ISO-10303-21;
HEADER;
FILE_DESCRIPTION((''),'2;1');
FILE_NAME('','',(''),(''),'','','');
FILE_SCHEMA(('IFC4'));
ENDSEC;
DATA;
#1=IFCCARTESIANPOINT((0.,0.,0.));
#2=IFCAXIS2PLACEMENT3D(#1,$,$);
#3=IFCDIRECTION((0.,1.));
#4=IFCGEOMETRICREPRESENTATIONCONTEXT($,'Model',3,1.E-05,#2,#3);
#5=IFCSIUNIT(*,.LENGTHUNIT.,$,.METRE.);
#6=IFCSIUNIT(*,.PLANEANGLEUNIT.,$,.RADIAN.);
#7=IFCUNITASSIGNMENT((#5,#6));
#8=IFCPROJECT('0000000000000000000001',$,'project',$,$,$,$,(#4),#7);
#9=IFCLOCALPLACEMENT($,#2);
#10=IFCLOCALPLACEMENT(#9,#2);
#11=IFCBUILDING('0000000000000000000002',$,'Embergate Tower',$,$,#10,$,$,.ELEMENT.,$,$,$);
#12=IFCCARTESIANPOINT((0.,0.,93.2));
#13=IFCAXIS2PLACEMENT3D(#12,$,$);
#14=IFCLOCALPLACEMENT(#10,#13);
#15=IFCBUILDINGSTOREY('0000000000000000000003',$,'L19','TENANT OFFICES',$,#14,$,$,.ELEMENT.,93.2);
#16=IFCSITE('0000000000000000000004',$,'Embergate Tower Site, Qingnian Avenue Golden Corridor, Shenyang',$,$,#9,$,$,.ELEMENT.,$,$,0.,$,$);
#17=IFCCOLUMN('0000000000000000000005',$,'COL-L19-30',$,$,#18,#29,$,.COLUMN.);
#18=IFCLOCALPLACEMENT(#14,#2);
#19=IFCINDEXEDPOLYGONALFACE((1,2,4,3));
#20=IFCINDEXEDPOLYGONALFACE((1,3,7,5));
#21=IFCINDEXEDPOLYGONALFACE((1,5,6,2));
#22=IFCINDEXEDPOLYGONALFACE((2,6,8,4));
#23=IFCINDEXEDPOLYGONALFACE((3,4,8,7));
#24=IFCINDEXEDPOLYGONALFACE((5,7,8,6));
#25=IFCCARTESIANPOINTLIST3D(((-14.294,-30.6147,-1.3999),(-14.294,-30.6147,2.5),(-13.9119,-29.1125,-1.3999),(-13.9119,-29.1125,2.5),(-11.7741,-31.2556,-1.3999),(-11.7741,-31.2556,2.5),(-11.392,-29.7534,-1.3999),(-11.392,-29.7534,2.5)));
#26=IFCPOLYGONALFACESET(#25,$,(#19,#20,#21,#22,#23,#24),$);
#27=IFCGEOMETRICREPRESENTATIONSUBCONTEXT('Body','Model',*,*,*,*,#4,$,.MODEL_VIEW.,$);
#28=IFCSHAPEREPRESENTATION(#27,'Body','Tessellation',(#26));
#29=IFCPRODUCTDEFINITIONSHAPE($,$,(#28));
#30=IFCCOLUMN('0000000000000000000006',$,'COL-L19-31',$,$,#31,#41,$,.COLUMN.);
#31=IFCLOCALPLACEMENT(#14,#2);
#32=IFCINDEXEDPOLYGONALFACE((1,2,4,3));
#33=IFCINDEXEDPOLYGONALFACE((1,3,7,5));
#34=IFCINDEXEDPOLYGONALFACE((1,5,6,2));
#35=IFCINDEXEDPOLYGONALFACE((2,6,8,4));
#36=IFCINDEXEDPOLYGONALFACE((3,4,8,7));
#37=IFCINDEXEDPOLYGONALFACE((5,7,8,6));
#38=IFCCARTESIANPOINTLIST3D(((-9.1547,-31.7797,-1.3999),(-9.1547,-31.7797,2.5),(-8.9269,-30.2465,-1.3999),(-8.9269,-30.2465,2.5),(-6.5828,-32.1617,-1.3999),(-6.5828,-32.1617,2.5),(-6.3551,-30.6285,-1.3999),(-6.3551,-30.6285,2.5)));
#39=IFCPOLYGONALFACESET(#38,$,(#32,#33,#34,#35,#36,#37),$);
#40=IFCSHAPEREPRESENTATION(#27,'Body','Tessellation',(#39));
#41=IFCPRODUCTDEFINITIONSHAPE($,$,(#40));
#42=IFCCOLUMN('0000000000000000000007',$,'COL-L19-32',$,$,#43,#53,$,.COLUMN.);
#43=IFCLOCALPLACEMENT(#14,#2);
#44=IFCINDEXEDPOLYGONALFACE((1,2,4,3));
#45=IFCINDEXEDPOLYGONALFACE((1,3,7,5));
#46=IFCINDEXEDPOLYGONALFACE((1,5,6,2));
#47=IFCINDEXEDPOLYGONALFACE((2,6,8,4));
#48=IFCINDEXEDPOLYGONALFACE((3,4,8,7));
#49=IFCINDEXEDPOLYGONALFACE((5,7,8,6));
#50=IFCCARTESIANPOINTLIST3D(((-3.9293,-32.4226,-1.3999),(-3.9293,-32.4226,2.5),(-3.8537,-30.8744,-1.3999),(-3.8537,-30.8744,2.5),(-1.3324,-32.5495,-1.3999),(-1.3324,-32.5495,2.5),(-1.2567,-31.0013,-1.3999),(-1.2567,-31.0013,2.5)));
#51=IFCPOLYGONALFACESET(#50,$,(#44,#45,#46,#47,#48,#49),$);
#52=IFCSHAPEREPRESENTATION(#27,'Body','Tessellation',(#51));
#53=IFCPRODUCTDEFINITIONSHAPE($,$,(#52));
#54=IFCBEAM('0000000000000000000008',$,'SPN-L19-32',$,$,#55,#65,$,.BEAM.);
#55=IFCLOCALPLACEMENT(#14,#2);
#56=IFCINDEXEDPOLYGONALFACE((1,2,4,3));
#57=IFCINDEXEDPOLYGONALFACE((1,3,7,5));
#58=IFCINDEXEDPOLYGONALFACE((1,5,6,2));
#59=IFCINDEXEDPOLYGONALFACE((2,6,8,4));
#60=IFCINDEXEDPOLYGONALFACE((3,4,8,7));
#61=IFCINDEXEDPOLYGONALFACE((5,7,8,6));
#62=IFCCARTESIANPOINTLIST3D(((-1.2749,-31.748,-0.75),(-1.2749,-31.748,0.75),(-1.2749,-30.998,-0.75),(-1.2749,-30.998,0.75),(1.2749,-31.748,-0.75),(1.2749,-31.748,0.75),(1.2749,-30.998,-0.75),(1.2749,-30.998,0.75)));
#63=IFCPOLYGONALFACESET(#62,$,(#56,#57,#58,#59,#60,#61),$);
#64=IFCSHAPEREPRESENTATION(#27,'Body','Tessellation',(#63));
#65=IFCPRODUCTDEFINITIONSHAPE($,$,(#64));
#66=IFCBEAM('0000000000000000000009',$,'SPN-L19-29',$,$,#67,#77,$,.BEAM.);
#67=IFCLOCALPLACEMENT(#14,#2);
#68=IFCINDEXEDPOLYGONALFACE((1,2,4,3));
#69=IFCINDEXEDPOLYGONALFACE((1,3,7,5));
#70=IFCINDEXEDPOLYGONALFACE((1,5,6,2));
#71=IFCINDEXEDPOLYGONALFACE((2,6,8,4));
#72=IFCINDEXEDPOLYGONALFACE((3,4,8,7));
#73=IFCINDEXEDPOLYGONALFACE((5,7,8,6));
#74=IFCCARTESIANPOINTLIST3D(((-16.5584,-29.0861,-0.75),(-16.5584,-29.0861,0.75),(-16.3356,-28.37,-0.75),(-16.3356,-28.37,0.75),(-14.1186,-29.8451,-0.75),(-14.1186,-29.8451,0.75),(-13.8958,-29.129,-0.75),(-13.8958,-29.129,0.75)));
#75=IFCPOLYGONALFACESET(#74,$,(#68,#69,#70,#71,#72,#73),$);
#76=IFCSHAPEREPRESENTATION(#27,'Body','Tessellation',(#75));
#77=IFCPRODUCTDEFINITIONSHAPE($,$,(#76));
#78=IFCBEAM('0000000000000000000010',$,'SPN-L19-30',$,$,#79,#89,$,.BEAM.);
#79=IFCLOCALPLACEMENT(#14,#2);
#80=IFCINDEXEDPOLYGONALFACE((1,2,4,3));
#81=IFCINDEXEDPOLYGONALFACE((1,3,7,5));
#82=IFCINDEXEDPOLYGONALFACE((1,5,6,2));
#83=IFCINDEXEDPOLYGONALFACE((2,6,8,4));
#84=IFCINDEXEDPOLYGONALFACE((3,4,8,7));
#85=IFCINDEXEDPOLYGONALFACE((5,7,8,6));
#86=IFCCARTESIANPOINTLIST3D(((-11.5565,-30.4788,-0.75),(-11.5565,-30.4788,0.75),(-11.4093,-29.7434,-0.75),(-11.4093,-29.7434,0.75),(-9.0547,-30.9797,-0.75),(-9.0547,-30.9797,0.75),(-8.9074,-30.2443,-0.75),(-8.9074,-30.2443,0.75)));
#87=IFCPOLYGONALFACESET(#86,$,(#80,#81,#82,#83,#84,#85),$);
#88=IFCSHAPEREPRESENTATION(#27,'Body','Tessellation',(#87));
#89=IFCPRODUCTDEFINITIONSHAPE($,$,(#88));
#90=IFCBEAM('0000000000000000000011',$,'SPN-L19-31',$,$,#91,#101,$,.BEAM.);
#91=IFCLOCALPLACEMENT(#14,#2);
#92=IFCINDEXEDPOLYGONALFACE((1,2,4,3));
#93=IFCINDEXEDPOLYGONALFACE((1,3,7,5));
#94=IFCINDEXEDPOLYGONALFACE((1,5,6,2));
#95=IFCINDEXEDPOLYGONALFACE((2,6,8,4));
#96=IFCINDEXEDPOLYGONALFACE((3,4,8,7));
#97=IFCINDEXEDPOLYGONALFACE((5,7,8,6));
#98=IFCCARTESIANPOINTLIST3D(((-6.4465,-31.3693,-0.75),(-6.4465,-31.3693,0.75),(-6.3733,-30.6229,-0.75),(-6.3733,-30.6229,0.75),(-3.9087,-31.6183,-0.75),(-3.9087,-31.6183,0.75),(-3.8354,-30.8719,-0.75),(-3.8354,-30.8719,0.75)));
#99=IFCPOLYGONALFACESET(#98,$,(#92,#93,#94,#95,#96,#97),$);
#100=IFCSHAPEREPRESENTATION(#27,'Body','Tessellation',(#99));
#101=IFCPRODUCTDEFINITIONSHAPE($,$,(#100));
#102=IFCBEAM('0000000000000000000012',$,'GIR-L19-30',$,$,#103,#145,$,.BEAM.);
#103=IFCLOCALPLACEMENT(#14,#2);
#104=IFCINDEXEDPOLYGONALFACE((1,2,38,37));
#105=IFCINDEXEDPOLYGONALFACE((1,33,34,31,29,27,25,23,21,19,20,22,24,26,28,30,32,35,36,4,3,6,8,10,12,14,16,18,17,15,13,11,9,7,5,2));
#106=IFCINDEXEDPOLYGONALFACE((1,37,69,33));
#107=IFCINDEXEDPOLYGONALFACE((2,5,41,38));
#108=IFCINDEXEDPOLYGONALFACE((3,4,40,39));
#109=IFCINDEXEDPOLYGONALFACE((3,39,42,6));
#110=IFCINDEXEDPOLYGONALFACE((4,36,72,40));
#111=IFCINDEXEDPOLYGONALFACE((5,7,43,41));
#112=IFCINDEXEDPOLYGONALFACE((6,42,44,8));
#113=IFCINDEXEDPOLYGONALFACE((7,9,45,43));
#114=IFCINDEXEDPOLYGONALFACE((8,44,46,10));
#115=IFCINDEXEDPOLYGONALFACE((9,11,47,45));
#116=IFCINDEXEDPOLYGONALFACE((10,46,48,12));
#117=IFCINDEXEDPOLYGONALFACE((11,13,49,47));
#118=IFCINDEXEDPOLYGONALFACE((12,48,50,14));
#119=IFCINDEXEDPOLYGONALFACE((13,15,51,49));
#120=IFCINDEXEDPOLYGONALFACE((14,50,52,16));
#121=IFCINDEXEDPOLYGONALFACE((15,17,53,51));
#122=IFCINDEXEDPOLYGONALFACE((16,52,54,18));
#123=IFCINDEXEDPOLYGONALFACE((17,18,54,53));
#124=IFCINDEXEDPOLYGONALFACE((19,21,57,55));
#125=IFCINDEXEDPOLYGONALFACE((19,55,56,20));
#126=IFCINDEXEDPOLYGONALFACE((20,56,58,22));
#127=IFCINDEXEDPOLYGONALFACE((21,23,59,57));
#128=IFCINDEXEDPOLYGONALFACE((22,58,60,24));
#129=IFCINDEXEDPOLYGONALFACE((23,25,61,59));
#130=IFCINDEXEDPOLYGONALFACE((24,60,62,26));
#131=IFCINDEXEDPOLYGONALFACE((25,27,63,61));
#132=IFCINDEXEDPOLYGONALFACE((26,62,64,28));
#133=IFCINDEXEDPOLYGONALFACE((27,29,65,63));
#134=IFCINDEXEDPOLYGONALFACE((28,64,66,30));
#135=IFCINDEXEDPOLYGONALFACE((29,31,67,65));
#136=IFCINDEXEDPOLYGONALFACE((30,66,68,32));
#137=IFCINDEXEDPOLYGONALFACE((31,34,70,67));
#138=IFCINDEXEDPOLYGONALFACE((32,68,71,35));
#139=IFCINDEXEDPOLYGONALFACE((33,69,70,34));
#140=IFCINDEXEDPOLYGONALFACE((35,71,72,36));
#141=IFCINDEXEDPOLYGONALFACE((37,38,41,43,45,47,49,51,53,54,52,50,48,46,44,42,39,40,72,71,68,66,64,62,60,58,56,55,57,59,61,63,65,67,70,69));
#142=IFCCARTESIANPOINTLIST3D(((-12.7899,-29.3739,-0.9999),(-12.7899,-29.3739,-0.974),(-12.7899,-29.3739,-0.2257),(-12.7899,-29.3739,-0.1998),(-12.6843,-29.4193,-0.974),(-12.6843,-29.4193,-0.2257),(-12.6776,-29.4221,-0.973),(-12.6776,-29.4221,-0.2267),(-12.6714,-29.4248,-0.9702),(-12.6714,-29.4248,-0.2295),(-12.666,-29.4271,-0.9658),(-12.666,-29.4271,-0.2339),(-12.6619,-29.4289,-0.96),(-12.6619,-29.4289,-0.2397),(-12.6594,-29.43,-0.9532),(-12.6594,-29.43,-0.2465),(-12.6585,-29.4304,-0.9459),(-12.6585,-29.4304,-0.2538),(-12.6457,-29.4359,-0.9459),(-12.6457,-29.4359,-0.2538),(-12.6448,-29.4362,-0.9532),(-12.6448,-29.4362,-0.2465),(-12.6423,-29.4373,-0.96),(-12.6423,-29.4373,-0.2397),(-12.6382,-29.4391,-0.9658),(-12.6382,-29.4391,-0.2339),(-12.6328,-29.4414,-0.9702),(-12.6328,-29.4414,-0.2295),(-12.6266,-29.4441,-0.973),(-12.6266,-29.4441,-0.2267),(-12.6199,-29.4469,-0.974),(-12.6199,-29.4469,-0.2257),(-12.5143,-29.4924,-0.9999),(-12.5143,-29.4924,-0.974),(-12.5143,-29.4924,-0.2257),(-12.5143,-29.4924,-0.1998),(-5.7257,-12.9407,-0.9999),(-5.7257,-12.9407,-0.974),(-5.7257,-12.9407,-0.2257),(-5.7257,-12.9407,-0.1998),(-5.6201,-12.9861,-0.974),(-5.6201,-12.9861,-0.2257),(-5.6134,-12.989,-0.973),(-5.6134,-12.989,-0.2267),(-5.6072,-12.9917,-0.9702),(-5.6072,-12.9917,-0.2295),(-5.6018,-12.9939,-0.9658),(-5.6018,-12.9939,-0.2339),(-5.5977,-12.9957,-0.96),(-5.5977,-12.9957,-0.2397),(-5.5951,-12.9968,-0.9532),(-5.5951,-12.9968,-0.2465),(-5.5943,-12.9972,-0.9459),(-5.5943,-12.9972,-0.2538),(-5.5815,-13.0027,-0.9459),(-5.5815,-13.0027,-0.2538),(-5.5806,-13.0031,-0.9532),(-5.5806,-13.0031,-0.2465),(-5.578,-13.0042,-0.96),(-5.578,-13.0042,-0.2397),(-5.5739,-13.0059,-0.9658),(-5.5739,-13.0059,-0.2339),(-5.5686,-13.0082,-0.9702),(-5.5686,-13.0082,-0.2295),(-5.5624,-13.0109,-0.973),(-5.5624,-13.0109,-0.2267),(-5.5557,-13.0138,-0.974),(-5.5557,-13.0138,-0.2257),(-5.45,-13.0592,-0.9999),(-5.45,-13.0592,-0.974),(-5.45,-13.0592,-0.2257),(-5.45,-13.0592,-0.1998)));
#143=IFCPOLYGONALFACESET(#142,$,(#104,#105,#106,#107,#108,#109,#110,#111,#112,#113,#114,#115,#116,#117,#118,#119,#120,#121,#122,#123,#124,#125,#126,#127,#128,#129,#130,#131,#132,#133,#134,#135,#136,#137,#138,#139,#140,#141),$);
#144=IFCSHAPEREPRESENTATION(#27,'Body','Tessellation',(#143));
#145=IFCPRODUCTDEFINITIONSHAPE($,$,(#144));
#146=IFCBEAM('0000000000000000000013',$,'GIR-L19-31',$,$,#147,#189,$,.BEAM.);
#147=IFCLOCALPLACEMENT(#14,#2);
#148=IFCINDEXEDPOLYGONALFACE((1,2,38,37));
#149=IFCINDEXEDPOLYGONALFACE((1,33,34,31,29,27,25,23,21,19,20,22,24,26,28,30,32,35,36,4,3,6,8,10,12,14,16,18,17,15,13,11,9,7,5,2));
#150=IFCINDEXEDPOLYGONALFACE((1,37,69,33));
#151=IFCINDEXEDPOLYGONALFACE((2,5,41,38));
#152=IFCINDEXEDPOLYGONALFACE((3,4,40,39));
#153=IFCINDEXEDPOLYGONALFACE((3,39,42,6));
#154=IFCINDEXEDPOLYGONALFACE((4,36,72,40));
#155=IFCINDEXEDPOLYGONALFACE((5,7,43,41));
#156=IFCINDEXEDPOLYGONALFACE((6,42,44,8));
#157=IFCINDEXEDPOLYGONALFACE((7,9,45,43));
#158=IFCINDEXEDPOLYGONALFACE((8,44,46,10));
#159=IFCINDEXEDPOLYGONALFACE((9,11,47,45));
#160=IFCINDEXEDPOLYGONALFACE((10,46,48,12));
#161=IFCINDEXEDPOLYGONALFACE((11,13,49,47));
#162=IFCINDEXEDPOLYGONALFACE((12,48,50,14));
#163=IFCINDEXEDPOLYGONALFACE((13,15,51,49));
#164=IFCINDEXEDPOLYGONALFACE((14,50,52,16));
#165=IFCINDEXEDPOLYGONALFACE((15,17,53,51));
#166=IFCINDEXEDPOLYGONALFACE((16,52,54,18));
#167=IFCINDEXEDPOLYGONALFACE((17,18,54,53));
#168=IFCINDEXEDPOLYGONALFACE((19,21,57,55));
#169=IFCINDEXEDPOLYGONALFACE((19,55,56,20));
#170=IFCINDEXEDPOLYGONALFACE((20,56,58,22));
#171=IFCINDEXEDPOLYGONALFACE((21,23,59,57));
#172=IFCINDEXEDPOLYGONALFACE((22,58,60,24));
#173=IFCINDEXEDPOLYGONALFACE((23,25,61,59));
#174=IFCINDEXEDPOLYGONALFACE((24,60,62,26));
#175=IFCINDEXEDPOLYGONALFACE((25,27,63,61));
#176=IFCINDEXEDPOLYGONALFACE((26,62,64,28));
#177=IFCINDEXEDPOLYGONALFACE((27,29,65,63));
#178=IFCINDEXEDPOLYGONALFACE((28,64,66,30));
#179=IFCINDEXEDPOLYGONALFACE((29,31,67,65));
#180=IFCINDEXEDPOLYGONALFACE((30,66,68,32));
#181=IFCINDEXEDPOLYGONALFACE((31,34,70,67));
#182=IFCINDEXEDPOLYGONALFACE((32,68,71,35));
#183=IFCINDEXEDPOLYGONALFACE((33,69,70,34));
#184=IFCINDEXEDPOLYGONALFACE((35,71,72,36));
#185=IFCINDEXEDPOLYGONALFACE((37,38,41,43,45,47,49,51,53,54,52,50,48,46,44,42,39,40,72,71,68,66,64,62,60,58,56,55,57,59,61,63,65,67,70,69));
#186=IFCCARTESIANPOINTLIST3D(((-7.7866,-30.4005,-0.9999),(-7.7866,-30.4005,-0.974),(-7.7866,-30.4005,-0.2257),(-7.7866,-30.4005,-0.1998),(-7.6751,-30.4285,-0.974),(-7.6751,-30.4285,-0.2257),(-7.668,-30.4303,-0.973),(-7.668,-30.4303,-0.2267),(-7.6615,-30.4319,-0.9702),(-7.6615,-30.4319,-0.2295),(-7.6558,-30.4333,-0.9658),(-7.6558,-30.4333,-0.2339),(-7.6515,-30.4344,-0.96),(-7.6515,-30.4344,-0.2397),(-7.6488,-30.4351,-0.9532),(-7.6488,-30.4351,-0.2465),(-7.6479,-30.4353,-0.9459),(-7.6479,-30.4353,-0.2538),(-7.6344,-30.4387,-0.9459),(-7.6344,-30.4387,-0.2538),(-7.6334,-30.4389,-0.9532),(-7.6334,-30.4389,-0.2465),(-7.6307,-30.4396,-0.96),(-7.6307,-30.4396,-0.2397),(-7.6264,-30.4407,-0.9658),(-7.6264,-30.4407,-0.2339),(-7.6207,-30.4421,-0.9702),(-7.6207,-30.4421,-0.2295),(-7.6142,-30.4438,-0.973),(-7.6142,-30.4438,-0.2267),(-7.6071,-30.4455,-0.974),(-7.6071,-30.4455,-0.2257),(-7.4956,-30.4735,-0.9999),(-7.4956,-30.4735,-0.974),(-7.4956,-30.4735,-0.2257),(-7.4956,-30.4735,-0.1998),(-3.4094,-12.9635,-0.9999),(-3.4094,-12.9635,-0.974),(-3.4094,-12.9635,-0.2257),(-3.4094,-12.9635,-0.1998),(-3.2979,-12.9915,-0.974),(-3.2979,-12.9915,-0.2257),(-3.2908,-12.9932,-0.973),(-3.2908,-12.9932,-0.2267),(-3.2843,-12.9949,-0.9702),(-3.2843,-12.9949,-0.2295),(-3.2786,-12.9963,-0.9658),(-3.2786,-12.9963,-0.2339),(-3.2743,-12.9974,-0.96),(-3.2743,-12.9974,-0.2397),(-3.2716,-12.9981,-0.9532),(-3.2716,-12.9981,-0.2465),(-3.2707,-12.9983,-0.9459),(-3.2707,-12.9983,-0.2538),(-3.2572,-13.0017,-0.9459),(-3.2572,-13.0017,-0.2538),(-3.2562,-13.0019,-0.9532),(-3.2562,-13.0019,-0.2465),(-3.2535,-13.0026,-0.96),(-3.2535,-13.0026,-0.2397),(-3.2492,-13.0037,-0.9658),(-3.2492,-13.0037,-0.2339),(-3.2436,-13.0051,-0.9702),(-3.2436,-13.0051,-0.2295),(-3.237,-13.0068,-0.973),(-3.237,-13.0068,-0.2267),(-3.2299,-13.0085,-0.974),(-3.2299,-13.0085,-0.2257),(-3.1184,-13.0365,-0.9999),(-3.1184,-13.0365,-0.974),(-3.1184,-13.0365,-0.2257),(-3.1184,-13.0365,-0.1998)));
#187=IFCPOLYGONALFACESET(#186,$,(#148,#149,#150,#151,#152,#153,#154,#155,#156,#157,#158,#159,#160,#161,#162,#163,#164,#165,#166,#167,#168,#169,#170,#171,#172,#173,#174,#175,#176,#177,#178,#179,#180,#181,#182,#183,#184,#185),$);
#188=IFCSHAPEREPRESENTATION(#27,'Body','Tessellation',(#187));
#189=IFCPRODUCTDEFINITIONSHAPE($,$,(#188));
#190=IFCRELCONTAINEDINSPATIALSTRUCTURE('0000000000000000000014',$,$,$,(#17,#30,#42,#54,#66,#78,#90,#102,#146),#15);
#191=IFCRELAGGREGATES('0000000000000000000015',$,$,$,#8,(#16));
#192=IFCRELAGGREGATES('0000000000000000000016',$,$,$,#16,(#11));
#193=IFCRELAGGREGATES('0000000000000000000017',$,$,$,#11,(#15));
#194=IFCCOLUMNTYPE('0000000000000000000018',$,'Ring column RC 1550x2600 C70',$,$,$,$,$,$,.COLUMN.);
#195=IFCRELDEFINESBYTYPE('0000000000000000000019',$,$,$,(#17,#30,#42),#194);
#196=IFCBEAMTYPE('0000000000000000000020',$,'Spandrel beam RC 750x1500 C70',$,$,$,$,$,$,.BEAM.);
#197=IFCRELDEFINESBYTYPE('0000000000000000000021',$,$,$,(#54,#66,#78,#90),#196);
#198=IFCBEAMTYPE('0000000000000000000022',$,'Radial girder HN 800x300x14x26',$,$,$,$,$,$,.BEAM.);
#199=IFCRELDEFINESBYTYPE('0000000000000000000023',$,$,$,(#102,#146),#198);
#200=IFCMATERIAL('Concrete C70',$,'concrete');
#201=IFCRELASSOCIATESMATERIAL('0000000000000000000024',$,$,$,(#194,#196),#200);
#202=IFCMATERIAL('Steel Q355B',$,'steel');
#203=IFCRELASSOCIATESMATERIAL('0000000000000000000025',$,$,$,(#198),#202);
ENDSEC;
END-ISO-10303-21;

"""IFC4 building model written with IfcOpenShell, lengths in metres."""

from ifc_helpers import new_model, si_unit, direction, frame, origin, origin_2d, place, context, subcontext, project, spatial, rectangle, i_section, extrude, source, transform, mapped, material, material_profile, profile_set, type_object, element, save


model = new_model("IFC4")

# Units and contexts
model_context = context("Model", 3, precision=1e-05, world=origin(), true_north=direction((0.0, 1.0)))
body_context = subcontext(model_context, "Body", "Model", "MODEL_VIEW")
ifc_project = project(units=[si_unit("LENGTHUNIT", "METRE"), si_unit("PLANEANGLEUNIT", "RADIAN")], contexts=[model_context])

# Site, building, storey
site_placement = place(None, origin())
site = spatial("IfcSite", under=ifc_project, at=site_placement, Name="Embergate Tower Site, Qingnian Avenue Golden Corridor, Shenyang", CompositionType="ELEMENT", RefElevation=0.0)
building_placement = place(site_placement, origin())
building = spatial("IfcBuilding", under=site, at=building_placement, Name="Embergate Tower", CompositionType="ELEMENT")
storey_placement = place(building_placement, frame((0.0, 0.0, 93.2)))
storey = spatial("IfcBuildingStorey", under=building, at=storey_placement, Name="L19", Description="TENANT OFFICES", CompositionType="ELEMENT", Elevation=93.2)

# Columns
ifc_material_1 = material(Name="Concrete C70", Category="concrete")
ifc_material_profile_1 = material_profile(ifc_material_1, rectangle(XDim=1.55, YDim=2.6001, at=origin_2d()), Name="RC 1550x2600")
ifc_profile_set_1 = profile_set([ifc_material_profile_1], Name="Concrete C70")
column_type = type_object("IfcColumnType", Name="Ring column RC 1550x2600 C70", PredefinedType="COLUMN", material=ifc_profile_set_1)
shared_shape_1 = source(origin(), body_context, "Body", "SweptSolid", [
    extrude(rectangle(XDim=1.55, YDim=2.6001, at=origin_2d()), origin(), (0.0, 0.0, 1.0), 3.8999),
])
for number, where, z_axis, x_axis, name in (
    (1, (-12.843, -30.1841, -1.3999), (0.0, 0.0, 1.0), (-0.246492, -0.969145, 0.0), "COL-L19-30"),
    (2, (-7.7549, -31.2041, -1.3999), (0.0, 0.0, 1.0), (-0.146929, -0.989147, 0.0), "COL-L19-31"),
    (3, (-2.593, -31.7119, -1.3999), (0.0, 0.0, 1.0), (-0.048815, -0.998808, 0.0), "COL-L19-32"),
):
    element("IfcColumn", number, at=place(storey_placement, frame(where, z_axis=z_axis, x_axis=x_axis)), inside=storey, type_object=column_type, Name=name, PredefinedType="COLUMN", context=body_context, shape_type="MappedRepresentation", body=[
        mapped(shared_shape_1, transform((0.0, 0.0, 0.0))),
    ])

# Beams
ifc_material_profile_2 = material_profile(ifc_material_1, rectangle(XDim=0.75, YDim=1.5, at=origin_2d()), Name="RC 750x1500")
ifc_profile_set_2 = profile_set([ifc_material_profile_2], Name="Concrete C70")
beam_type_1 = type_object("IfcBeamType", Name="Spandrel beam RC 750x1500 C70", PredefinedType="BEAM", material=ifc_profile_set_2)
shared_shape_2 = source(origin(), body_context, "Body", "SweptSolid", [
    extrude(rectangle(XDim=0.75, YDim=1.5, at=origin_2d()), origin(), (0.0, 0.0, 1.0), 2.5498),
])
beam_1_placement = place(storey_placement, frame((-1.2749, -31.373, 0.0), z_axis=(1.0, 0.0, 0.0), x_axis=(0.0, 1.0, 0.0)))
element("IfcBeam", 4, at=beam_1_placement, inside=storey, type_object=beam_type_1, Name="SPN-L19-32", PredefinedType="BEAM", context=body_context, shape_type="MappedRepresentation", body=[
    mapped(shared_shape_2, transform((0.0, 0.0, 0.0))),
])
shared_shape_3 = source(origin(), body_context, "Body", "SweptSolid", [
    extrude(rectangle(XDim=0.75, YDim=1.5, at=origin_2d()), origin(), (0.0, 0.0, 1.0), 2.5552),
])
beam_2_placement = place(storey_placement, frame((-16.447, -28.728, 0.0), z_axis=(0.954863, -0.297045, 0.0), x_axis=(0.297045, 0.954863, 0.0)))
element("IfcBeam", 5, at=beam_2_placement, inside=storey, type_object=beam_type_1, Name="SPN-L19-29", PredefinedType="BEAM", context=body_context, shape_type="MappedRepresentation", body=[
    mapped(shared_shape_3, transform((0.0, 0.0, 0.0))),
])
shared_shape_4 = source(origin(), body_context, "Body", "SweptSolid", [
    extrude(rectangle(XDim=0.75, YDim=1.5, at=origin_2d()), origin(), (0.0, 0.0, 1.0), 2.5515),
])
beam_3_placement = place(storey_placement, frame((-11.4829, -30.1111, 0.0), z_axis=(0.980536, -0.196337, 0.0), x_axis=(0.196337, 0.980536, 0.0)))
element("IfcBeam", 6, at=beam_3_placement, inside=storey, type_object=beam_type_1, Name="SPN-L19-30", PredefinedType="BEAM", context=body_context, shape_type="MappedRepresentation", body=[
    mapped(shared_shape_4, transform((0.0, 0.0, 0.0))),
])
shared_shape_5 = source(origin(), body_context, "Body", "SweptSolid", [
    extrude(rectangle(XDim=0.75, YDim=1.5, at=origin_2d()), origin(), (0.0, 0.0, 1.0), 2.55),
])
beam_4_placement = place(storey_placement, frame((-6.4099, -30.9961, 0.0), z_axis=(0.99522, -0.097655, 0.0), x_axis=(0.097655, 0.99522, 0.0)))
element("IfcBeam", 7, at=beam_4_placement, inside=storey, type_object=beam_type_1, Name="SPN-L19-31", PredefinedType="BEAM", context=body_context, shape_type="MappedRepresentation", body=[
    mapped(shared_shape_5, transform((0.0, 0.0, 0.0))),
])
ifc_material_2 = material(Name="Steel Q355B", Category="steel")
ifc_material_profile_3 = material_profile(ifc_material_2, i_section(OverallWidth=0.3, OverallDepth=0.8, WebThickness=0.0139, FlangeThickness=0.0259, FilletRadius=0.0281, at=origin_2d()), Name="HN 800x300x14x26")
ifc_profile_set_3 = profile_set([ifc_material_profile_3], Name="Steel Q355 grade B")
beam_type_2 = type_object("IfcBeamType", Name="Radial girder HN 800x300x14x26", PredefinedType="BEAM", material=ifc_profile_set_3)
shared_shape_6 = source(origin(), body_context, "Body", "SweptSolid", [
    extrude(i_section(OverallWidth=0.3, OverallDepth=0.8, WebThickness=0.0139, FlangeThickness=0.0259, FilletRadius=0.0281, at=origin_2d()), origin(), (0.0, 0.0, 1.0), 17.8872),
])
beam_5_placement = place(storey_placement, frame((-12.6521, -29.4331, -0.5999), z_axis=(0.394932, 0.91871, 0.0), x_axis=(-0.91871, 0.394932, 0.0)))
element("IfcBeam", 8, at=beam_5_placement, inside=storey, type_object=beam_type_2, Name="GIR-L19-30", PredefinedType="BEAM", context=body_context, shape_type="MappedRepresentation", body=[
    mapped(shared_shape_6, transform((0.0, 0.0, 0.0))),
])
shared_shape_7 = source(origin(), body_context, "Body", "SweptSolid", [
    extrude(i_section(OverallWidth=0.3, OverallDepth=0.8, WebThickness=0.0139, FlangeThickness=0.0259, FilletRadius=0.0281, at=origin_2d()), origin(), (0.0, 0.0, 1.0), 17.978),
])
beam_6_placement = place(storey_placement, frame((-7.6411, -30.437, -0.5999), z_axis=(0.243475, 0.969907, 0.0), x_axis=(-0.969907, 0.243475, 0.0)))
element("IfcBeam", 9, at=beam_6_placement, inside=storey, type_object=beam_type_2, Name="GIR-L19-31", PredefinedType="BEAM", context=body_context, shape_type="MappedRepresentation", body=[
    mapped(shared_shape_7, transform((0.0, 0.0, 0.0))),
])

save(model, "model.ifc")
